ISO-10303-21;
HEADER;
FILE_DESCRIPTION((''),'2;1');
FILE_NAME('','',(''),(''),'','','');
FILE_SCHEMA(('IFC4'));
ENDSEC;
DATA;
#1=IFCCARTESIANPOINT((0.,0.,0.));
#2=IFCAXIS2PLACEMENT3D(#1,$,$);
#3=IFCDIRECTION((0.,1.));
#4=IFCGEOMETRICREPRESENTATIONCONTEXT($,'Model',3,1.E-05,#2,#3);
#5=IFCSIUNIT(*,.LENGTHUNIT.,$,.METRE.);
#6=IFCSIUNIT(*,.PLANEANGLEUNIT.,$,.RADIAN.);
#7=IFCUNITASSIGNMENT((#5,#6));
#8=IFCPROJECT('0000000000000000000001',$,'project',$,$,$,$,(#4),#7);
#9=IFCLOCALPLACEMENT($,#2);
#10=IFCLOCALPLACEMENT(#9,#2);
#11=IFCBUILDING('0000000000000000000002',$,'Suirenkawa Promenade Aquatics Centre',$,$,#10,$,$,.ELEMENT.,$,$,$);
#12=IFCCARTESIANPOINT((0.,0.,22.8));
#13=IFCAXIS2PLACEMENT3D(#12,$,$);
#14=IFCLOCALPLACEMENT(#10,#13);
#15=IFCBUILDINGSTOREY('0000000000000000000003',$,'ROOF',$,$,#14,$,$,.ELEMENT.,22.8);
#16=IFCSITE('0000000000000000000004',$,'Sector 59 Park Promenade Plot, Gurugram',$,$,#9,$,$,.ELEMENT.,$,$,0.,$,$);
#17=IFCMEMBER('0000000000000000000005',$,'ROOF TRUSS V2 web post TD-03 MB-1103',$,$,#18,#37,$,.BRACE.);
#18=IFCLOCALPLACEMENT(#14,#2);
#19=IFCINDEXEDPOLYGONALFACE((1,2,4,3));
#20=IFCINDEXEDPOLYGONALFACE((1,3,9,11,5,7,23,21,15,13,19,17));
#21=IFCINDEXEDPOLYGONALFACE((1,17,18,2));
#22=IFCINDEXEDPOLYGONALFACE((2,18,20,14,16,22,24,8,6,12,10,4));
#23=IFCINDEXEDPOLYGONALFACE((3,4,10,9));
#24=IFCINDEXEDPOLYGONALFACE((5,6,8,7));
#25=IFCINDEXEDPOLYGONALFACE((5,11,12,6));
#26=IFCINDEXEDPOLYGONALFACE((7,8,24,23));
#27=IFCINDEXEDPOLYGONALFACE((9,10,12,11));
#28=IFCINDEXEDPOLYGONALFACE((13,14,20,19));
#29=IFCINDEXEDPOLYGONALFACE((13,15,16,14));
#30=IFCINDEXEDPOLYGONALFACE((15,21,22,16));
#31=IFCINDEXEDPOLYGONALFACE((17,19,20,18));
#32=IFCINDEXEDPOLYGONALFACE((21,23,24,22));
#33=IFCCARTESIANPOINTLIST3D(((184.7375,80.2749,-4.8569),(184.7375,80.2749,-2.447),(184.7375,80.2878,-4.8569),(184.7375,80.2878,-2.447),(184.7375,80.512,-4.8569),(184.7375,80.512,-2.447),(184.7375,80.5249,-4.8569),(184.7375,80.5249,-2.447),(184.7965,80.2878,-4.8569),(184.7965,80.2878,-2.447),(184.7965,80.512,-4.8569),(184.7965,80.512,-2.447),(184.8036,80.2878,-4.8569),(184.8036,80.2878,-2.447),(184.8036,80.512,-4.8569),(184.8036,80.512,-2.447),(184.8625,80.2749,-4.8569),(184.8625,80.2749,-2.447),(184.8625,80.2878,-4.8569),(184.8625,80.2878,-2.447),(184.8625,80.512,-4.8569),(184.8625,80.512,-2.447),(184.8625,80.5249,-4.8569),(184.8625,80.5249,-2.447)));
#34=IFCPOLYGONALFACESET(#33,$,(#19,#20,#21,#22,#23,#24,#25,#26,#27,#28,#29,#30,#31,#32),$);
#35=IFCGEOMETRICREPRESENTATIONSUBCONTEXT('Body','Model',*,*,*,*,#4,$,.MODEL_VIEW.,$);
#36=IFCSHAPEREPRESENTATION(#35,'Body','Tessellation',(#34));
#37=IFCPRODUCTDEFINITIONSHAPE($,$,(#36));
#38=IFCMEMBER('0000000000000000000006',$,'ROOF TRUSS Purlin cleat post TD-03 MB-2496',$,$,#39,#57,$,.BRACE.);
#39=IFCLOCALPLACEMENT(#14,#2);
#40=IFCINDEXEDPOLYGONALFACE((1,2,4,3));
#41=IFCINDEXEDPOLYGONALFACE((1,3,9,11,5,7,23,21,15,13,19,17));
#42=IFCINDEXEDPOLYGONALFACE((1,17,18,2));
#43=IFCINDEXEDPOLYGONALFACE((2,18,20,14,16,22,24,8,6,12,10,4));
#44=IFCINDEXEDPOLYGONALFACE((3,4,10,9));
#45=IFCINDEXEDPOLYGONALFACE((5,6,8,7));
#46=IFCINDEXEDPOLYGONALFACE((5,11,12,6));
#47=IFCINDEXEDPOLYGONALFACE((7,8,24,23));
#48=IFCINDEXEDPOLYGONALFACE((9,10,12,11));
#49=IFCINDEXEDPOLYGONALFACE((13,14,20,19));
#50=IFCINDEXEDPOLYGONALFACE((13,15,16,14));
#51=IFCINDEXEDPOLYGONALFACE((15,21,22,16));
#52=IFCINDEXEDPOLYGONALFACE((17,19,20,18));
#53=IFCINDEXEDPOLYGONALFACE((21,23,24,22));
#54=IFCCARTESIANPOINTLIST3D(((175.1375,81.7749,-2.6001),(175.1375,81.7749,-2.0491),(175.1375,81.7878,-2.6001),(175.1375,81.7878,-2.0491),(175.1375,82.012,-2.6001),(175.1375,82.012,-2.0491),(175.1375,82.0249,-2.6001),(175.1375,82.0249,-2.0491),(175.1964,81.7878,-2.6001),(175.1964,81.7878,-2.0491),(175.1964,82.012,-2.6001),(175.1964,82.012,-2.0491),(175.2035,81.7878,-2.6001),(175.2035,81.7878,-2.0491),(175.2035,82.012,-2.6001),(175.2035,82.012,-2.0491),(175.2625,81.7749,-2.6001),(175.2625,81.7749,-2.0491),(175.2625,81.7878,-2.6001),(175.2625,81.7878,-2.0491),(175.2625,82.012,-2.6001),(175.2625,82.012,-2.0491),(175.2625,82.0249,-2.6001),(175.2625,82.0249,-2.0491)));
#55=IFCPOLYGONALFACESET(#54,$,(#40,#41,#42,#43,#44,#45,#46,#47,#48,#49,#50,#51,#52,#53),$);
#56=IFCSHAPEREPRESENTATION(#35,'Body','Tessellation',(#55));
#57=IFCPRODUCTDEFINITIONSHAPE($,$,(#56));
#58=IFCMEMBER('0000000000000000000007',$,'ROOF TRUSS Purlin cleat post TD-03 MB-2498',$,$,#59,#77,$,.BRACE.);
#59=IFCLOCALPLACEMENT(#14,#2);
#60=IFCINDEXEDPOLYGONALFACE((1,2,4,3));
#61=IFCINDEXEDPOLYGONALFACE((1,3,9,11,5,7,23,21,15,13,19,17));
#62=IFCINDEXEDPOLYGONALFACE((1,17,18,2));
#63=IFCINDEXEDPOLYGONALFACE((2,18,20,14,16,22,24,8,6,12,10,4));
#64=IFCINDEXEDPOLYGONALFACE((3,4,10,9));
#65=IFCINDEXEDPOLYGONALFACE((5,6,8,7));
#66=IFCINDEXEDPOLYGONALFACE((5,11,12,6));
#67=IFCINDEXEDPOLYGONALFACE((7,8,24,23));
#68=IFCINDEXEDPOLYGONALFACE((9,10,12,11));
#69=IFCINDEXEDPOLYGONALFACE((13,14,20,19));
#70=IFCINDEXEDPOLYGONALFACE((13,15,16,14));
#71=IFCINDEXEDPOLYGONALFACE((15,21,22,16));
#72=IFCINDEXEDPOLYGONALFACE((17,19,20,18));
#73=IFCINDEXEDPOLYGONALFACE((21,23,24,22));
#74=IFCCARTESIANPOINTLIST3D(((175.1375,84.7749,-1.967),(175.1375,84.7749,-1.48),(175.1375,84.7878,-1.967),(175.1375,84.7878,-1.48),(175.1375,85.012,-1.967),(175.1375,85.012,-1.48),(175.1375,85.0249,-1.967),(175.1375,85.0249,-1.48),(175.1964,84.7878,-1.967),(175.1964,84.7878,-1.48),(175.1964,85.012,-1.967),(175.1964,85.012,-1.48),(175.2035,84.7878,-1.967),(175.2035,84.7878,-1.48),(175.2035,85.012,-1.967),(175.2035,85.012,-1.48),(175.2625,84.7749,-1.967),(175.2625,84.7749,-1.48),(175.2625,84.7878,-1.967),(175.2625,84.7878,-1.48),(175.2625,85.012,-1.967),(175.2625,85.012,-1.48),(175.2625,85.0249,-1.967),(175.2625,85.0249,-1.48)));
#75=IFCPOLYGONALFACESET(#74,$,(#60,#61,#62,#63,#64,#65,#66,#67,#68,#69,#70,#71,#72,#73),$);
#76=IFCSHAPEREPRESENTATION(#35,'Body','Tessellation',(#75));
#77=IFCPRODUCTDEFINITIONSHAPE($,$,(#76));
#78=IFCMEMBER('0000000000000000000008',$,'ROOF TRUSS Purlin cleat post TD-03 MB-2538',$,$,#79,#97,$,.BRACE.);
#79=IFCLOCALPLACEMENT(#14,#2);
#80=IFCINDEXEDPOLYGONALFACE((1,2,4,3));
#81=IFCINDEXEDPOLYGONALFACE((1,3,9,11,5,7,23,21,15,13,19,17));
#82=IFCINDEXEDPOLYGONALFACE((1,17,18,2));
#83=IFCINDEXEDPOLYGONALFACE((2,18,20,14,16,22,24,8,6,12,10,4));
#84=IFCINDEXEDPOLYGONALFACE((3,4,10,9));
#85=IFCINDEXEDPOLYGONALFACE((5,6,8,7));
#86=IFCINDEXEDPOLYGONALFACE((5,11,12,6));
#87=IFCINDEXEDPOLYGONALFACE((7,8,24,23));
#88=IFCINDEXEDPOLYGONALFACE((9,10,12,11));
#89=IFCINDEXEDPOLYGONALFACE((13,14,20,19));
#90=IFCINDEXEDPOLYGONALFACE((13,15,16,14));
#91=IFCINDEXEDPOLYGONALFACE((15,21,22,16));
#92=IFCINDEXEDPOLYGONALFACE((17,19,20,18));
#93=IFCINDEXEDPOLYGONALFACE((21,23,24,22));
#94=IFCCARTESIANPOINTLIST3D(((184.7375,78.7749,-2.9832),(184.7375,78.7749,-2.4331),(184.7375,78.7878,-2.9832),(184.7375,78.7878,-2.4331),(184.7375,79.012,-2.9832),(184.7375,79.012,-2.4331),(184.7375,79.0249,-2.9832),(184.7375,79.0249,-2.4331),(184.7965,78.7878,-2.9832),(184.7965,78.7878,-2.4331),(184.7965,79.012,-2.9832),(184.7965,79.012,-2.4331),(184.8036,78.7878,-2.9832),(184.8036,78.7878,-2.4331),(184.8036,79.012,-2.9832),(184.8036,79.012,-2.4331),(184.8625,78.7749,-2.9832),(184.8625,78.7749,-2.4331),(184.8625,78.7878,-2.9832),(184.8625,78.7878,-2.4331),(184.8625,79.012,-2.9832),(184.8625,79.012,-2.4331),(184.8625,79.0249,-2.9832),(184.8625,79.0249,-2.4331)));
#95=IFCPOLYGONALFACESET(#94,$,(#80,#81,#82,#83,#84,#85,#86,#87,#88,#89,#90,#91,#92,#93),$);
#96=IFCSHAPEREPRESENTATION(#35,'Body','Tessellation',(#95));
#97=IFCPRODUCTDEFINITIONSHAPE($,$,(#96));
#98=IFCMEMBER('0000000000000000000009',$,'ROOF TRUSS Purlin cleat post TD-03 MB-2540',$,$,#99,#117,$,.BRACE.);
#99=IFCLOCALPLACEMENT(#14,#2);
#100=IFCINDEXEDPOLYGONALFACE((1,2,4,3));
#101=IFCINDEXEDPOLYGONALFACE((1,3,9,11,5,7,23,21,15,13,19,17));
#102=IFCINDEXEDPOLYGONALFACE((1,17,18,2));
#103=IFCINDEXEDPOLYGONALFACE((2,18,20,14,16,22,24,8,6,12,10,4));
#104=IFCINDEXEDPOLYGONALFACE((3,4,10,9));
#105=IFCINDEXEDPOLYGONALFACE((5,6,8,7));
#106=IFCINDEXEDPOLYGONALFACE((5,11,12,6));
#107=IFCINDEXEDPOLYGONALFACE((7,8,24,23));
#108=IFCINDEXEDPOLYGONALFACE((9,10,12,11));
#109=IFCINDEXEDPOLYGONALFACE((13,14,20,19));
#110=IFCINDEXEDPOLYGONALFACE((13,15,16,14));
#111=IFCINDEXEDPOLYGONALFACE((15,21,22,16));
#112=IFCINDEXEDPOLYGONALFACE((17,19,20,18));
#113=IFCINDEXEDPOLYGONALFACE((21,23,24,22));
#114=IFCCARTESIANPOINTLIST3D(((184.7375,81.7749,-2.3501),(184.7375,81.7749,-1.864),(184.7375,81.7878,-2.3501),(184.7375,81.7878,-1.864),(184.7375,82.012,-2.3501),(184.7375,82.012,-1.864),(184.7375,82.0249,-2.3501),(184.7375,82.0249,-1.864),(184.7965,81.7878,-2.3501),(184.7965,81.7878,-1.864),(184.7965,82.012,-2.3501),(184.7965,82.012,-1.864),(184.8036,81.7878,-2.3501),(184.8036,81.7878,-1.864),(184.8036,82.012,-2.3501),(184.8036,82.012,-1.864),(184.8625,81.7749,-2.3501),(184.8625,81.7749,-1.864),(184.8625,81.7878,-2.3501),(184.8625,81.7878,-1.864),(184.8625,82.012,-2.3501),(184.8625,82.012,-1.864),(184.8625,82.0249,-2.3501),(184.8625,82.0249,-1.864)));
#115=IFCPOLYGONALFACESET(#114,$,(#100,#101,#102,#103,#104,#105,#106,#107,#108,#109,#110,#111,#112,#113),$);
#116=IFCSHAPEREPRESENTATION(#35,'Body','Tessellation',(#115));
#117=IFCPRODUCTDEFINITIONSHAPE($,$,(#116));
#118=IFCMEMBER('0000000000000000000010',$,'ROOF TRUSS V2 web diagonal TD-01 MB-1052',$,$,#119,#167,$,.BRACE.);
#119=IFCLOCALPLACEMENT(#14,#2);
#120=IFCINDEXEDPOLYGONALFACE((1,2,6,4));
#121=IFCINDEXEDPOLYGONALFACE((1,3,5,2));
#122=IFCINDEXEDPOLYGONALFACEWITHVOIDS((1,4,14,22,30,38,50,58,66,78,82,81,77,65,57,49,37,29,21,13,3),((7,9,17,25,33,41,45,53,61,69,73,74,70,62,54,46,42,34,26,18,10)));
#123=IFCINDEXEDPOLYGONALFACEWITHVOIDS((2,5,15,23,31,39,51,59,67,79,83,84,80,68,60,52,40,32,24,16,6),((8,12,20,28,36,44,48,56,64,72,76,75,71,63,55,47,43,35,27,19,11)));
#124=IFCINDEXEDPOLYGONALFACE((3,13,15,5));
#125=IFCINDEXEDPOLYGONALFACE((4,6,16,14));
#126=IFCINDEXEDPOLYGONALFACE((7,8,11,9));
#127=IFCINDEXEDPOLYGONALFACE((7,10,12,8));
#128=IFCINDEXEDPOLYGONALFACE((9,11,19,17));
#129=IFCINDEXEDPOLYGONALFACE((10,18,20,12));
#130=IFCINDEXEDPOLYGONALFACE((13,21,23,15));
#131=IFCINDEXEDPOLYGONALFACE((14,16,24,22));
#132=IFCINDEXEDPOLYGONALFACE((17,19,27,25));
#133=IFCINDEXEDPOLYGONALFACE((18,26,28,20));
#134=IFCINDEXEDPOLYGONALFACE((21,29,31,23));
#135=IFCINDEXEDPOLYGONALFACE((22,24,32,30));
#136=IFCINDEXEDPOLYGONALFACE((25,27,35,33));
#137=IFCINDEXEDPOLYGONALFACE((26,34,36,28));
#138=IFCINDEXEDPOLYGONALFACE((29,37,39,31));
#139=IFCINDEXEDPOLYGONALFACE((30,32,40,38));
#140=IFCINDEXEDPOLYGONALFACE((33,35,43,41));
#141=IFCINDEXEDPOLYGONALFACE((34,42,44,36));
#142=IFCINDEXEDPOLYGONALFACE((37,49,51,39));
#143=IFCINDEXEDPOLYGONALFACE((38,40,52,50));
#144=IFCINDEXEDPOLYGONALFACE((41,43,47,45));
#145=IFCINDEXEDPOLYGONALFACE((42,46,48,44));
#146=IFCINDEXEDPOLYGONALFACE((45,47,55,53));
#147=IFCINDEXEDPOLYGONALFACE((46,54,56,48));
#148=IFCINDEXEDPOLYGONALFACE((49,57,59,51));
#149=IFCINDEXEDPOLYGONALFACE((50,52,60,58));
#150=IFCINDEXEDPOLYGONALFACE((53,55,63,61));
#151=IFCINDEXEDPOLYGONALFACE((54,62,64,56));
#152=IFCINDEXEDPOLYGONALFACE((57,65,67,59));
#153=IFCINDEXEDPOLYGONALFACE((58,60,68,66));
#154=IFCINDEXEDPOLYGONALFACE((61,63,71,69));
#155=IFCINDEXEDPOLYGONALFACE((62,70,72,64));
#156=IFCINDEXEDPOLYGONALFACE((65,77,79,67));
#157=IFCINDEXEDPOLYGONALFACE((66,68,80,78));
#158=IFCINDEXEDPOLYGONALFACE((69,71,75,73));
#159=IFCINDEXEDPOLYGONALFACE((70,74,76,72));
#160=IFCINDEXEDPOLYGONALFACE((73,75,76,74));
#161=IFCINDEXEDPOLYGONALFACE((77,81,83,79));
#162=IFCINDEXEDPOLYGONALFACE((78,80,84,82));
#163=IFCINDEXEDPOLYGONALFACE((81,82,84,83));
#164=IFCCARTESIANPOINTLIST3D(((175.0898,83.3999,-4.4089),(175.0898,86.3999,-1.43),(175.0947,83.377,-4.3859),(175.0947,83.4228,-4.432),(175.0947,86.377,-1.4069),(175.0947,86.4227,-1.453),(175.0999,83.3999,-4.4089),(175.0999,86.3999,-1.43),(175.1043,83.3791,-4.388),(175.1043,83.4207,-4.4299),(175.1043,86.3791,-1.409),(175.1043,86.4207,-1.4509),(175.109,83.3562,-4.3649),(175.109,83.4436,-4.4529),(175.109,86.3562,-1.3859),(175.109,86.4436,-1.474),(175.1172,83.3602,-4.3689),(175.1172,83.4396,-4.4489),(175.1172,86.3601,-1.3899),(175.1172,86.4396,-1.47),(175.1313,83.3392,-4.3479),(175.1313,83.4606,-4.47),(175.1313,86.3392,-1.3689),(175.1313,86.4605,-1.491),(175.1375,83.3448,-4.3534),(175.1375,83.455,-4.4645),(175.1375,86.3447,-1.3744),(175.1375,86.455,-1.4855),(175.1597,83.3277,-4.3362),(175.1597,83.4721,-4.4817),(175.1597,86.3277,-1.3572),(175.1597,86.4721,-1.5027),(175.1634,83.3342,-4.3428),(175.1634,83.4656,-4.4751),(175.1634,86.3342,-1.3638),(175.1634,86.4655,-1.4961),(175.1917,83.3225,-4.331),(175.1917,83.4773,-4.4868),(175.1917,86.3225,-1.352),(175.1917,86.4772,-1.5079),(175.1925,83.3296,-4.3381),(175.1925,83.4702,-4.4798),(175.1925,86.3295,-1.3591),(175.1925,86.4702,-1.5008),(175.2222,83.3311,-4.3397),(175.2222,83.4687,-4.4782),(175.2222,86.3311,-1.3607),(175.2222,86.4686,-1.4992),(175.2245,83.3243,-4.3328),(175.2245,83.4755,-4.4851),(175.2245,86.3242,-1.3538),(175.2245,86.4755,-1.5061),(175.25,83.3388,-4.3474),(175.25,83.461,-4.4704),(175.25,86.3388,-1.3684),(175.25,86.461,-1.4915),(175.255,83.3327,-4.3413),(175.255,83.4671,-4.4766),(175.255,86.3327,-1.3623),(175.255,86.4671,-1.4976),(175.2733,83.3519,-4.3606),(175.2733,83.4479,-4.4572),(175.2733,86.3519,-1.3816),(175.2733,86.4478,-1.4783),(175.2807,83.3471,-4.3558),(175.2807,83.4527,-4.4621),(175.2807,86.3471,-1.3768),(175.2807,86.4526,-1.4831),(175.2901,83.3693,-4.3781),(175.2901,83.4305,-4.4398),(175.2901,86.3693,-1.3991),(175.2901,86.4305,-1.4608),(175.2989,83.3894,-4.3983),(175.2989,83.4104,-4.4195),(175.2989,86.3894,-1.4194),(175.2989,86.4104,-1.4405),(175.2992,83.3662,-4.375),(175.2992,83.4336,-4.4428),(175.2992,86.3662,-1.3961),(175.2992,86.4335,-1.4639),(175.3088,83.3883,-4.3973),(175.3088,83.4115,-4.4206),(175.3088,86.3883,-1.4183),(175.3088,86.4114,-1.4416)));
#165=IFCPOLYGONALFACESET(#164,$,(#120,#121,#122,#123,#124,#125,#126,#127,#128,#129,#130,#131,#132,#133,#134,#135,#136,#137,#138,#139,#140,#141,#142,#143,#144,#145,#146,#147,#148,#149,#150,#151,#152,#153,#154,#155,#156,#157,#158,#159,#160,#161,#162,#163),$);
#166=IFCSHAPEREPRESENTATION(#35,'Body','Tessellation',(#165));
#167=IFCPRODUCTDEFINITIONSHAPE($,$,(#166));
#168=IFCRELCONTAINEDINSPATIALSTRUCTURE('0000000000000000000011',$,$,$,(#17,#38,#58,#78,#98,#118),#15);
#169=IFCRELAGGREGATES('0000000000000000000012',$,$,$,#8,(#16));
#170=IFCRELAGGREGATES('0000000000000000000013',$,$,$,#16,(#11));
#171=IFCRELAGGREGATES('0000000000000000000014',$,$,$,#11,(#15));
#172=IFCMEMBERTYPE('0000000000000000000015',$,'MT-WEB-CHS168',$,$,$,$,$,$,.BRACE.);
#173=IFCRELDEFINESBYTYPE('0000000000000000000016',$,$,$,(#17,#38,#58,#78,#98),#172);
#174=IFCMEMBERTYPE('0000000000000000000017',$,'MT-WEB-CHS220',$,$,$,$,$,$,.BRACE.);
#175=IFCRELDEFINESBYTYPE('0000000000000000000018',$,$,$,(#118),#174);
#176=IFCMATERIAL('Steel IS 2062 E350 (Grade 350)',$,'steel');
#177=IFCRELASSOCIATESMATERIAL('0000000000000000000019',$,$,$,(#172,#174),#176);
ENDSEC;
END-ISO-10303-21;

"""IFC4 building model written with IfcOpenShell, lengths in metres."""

from ifc_helpers import new_model, si_unit, direction, frame, origin, origin_2d, place, context, subcontext, project, spatial, hollow_circle, i_section, extrude, material, material_profile, profile_set, type_object, element, save


model = new_model("IFC4")

# Units and contexts
model_context = context("Model", 3, precision=1e-05, world=origin(), true_north=direction((0.0, 1.0)))
body_context = subcontext(model_context, "Body", "Model", "MODEL_VIEW")
ifc_project = project(units=[si_unit("LENGTHUNIT", "METRE"), si_unit("PLANEANGLEUNIT", "RADIAN")], contexts=[model_context])

# Site, building, storey
site_placement = place(None, origin())
site = spatial("IfcSite", under=ifc_project, at=site_placement, Name="Sector 59 Park Promenade Plot, Gurugram", CompositionType="ELEMENT", RefElevation=0.0)
building_placement = place(site_placement, origin())
building = spatial("IfcBuilding", under=site, at=building_placement, Name="Suirenkawa Promenade Aquatics Centre", CompositionType="ELEMENT")
storey_placement = place(building_placement, frame((0.0, 0.0, 22.8)))
storey = spatial("IfcBuildingStorey", under=building, at=storey_placement, Name="ROOF", CompositionType="ELEMENT", Elevation=22.8)

# Shared definitions
ifc_material = material(Name="Steel IS 2062 E350 (Grade 350)", Category="steel")

# Members
ifc_material_profile_1 = material_profile(ifc_material, i_section(OverallWidth=0.125, OverallDepth=0.25, WebThickness=0.0071, FlangeThickness=0.0129, at=origin_2d()), Name="ISMB 250", Category="steel")
ifc_profile_set_1 = profile_set([ifc_material_profile_1], Name="Steel IS 2062 E350 (Grade 350)")
member_type_1 = type_object("IfcMemberType", Name="MT-WEB-CHS168", PredefinedType="BRACE", material=ifc_profile_set_1)
member_1_placement = place(storey_placement, frame((184.8, 80.3999, -4.8569), z_axis=(0.0, 0.0, 1.0), x_axis=(1.0, 0.0, 0.0)))
element("IfcMember", 1, at=member_1_placement, inside=storey, type_object=member_type_1, Name="ROOF TRUSS V2 web post TD-03 MB-1103", PredefinedType="BRACE", context=body_context, shape_type="SweptSolid", body=[
    extrude(i_section(OverallWidth=0.125, OverallDepth=0.25, WebThickness=0.0071, FlangeThickness=0.0129, at=origin_2d()), origin(), (0.0, 0.0, 1.0), 2.4099),
])
member_2_placement = place(storey_placement, frame((175.2, 81.8999, -2.6001), z_axis=(0.0, 0.0, 1.0), x_axis=(1.0, 0.0, 0.0)))
element("IfcMember", 2, at=member_2_placement, inside=storey, type_object=member_type_1, Name="ROOF TRUSS Purlin cleat post TD-03 MB-2496", PredefinedType="BRACE", context=body_context, shape_type="SweptSolid", body=[
    extrude(i_section(OverallWidth=0.125, OverallDepth=0.25, WebThickness=0.0071, FlangeThickness=0.0129, at=origin_2d()), origin(), (0.0, 0.0, 1.0), 0.551),
])
member_3_placement = place(storey_placement, frame((175.2, 84.8999, -1.967), z_axis=(0.0, 0.0, 1.0), x_axis=(1.0, 0.0, 0.0)))
element("IfcMember", 3, at=member_3_placement, inside=storey, type_object=member_type_1, Name="ROOF TRUSS Purlin cleat post TD-03 MB-2498", PredefinedType="BRACE", context=body_context, shape_type="SweptSolid", body=[
    extrude(i_section(OverallWidth=0.125, OverallDepth=0.25, WebThickness=0.0071, FlangeThickness=0.0129, at=origin_2d()), origin(), (0.0, 0.0, 1.0), 0.4871),
])
member_4_placement = place(storey_placement, frame((184.8, 78.8999, -2.9832), z_axis=(0.0, 0.0, 1.0), x_axis=(1.0, 0.0, 0.0)))
element("IfcMember", 4, at=member_4_placement, inside=storey, type_object=member_type_1, Name="ROOF TRUSS Purlin cleat post TD-03 MB-2538", PredefinedType="BRACE", context=body_context, shape_type="SweptSolid", body=[
    extrude(i_section(OverallWidth=0.125, OverallDepth=0.25, WebThickness=0.0071, FlangeThickness=0.0129, at=origin_2d()), origin(), (0.0, 0.0, 1.0), 0.55),
])
member_5_placement = place(storey_placement, frame((184.8, 81.8999, -2.3501), z_axis=(0.0, 0.0, 1.0), x_axis=(1.0, 0.0, 0.0)))
element("IfcMember", 5, at=member_5_placement, inside=storey, type_object=member_type_1, Name="ROOF TRUSS Purlin cleat post TD-03 MB-2540", PredefinedType="BRACE", context=body_context, shape_type="SweptSolid", body=[
    extrude(i_section(OverallWidth=0.125, OverallDepth=0.25, WebThickness=0.0071, FlangeThickness=0.0129, at=origin_2d()), origin(), (0.0, 0.0, 1.0), 0.4861),
])
ifc_material_profile_2 = material_profile(ifc_material, hollow_circle(Radius=0.1101, WallThickness=0.01, at=origin_2d()), Name="CHS 220x10", Category="steel")
ifc_profile_set_2 = profile_set([ifc_material_profile_2], Name="Steel IS 2062 E350 (Grade 350)")
member_type_2 = type_object("IfcMemberType", Name="MT-WEB-CHS220", PredefinedType="BRACE", material=ifc_profile_set_2)
member_6_placement = place(storey_placement, frame((175.2, 83.3999, -4.4089), z_axis=(0.0, 0.709586, 0.704619), x_axis=(-1.0, 0.0, 0.0)))
element("IfcMember", 6, at=member_6_placement, inside=storey, type_object=member_type_2, Name="ROOF TRUSS V2 web diagonal TD-01 MB-1052", PredefinedType="BRACE", context=body_context, shape_type="SweptSolid", body=[
    extrude(hollow_circle(Radius=0.1101, WallThickness=0.01, at=origin_2d()), origin(), (0.0, 0.0, 1.0), 4.2278),
])

save(model, "model.ifc")
